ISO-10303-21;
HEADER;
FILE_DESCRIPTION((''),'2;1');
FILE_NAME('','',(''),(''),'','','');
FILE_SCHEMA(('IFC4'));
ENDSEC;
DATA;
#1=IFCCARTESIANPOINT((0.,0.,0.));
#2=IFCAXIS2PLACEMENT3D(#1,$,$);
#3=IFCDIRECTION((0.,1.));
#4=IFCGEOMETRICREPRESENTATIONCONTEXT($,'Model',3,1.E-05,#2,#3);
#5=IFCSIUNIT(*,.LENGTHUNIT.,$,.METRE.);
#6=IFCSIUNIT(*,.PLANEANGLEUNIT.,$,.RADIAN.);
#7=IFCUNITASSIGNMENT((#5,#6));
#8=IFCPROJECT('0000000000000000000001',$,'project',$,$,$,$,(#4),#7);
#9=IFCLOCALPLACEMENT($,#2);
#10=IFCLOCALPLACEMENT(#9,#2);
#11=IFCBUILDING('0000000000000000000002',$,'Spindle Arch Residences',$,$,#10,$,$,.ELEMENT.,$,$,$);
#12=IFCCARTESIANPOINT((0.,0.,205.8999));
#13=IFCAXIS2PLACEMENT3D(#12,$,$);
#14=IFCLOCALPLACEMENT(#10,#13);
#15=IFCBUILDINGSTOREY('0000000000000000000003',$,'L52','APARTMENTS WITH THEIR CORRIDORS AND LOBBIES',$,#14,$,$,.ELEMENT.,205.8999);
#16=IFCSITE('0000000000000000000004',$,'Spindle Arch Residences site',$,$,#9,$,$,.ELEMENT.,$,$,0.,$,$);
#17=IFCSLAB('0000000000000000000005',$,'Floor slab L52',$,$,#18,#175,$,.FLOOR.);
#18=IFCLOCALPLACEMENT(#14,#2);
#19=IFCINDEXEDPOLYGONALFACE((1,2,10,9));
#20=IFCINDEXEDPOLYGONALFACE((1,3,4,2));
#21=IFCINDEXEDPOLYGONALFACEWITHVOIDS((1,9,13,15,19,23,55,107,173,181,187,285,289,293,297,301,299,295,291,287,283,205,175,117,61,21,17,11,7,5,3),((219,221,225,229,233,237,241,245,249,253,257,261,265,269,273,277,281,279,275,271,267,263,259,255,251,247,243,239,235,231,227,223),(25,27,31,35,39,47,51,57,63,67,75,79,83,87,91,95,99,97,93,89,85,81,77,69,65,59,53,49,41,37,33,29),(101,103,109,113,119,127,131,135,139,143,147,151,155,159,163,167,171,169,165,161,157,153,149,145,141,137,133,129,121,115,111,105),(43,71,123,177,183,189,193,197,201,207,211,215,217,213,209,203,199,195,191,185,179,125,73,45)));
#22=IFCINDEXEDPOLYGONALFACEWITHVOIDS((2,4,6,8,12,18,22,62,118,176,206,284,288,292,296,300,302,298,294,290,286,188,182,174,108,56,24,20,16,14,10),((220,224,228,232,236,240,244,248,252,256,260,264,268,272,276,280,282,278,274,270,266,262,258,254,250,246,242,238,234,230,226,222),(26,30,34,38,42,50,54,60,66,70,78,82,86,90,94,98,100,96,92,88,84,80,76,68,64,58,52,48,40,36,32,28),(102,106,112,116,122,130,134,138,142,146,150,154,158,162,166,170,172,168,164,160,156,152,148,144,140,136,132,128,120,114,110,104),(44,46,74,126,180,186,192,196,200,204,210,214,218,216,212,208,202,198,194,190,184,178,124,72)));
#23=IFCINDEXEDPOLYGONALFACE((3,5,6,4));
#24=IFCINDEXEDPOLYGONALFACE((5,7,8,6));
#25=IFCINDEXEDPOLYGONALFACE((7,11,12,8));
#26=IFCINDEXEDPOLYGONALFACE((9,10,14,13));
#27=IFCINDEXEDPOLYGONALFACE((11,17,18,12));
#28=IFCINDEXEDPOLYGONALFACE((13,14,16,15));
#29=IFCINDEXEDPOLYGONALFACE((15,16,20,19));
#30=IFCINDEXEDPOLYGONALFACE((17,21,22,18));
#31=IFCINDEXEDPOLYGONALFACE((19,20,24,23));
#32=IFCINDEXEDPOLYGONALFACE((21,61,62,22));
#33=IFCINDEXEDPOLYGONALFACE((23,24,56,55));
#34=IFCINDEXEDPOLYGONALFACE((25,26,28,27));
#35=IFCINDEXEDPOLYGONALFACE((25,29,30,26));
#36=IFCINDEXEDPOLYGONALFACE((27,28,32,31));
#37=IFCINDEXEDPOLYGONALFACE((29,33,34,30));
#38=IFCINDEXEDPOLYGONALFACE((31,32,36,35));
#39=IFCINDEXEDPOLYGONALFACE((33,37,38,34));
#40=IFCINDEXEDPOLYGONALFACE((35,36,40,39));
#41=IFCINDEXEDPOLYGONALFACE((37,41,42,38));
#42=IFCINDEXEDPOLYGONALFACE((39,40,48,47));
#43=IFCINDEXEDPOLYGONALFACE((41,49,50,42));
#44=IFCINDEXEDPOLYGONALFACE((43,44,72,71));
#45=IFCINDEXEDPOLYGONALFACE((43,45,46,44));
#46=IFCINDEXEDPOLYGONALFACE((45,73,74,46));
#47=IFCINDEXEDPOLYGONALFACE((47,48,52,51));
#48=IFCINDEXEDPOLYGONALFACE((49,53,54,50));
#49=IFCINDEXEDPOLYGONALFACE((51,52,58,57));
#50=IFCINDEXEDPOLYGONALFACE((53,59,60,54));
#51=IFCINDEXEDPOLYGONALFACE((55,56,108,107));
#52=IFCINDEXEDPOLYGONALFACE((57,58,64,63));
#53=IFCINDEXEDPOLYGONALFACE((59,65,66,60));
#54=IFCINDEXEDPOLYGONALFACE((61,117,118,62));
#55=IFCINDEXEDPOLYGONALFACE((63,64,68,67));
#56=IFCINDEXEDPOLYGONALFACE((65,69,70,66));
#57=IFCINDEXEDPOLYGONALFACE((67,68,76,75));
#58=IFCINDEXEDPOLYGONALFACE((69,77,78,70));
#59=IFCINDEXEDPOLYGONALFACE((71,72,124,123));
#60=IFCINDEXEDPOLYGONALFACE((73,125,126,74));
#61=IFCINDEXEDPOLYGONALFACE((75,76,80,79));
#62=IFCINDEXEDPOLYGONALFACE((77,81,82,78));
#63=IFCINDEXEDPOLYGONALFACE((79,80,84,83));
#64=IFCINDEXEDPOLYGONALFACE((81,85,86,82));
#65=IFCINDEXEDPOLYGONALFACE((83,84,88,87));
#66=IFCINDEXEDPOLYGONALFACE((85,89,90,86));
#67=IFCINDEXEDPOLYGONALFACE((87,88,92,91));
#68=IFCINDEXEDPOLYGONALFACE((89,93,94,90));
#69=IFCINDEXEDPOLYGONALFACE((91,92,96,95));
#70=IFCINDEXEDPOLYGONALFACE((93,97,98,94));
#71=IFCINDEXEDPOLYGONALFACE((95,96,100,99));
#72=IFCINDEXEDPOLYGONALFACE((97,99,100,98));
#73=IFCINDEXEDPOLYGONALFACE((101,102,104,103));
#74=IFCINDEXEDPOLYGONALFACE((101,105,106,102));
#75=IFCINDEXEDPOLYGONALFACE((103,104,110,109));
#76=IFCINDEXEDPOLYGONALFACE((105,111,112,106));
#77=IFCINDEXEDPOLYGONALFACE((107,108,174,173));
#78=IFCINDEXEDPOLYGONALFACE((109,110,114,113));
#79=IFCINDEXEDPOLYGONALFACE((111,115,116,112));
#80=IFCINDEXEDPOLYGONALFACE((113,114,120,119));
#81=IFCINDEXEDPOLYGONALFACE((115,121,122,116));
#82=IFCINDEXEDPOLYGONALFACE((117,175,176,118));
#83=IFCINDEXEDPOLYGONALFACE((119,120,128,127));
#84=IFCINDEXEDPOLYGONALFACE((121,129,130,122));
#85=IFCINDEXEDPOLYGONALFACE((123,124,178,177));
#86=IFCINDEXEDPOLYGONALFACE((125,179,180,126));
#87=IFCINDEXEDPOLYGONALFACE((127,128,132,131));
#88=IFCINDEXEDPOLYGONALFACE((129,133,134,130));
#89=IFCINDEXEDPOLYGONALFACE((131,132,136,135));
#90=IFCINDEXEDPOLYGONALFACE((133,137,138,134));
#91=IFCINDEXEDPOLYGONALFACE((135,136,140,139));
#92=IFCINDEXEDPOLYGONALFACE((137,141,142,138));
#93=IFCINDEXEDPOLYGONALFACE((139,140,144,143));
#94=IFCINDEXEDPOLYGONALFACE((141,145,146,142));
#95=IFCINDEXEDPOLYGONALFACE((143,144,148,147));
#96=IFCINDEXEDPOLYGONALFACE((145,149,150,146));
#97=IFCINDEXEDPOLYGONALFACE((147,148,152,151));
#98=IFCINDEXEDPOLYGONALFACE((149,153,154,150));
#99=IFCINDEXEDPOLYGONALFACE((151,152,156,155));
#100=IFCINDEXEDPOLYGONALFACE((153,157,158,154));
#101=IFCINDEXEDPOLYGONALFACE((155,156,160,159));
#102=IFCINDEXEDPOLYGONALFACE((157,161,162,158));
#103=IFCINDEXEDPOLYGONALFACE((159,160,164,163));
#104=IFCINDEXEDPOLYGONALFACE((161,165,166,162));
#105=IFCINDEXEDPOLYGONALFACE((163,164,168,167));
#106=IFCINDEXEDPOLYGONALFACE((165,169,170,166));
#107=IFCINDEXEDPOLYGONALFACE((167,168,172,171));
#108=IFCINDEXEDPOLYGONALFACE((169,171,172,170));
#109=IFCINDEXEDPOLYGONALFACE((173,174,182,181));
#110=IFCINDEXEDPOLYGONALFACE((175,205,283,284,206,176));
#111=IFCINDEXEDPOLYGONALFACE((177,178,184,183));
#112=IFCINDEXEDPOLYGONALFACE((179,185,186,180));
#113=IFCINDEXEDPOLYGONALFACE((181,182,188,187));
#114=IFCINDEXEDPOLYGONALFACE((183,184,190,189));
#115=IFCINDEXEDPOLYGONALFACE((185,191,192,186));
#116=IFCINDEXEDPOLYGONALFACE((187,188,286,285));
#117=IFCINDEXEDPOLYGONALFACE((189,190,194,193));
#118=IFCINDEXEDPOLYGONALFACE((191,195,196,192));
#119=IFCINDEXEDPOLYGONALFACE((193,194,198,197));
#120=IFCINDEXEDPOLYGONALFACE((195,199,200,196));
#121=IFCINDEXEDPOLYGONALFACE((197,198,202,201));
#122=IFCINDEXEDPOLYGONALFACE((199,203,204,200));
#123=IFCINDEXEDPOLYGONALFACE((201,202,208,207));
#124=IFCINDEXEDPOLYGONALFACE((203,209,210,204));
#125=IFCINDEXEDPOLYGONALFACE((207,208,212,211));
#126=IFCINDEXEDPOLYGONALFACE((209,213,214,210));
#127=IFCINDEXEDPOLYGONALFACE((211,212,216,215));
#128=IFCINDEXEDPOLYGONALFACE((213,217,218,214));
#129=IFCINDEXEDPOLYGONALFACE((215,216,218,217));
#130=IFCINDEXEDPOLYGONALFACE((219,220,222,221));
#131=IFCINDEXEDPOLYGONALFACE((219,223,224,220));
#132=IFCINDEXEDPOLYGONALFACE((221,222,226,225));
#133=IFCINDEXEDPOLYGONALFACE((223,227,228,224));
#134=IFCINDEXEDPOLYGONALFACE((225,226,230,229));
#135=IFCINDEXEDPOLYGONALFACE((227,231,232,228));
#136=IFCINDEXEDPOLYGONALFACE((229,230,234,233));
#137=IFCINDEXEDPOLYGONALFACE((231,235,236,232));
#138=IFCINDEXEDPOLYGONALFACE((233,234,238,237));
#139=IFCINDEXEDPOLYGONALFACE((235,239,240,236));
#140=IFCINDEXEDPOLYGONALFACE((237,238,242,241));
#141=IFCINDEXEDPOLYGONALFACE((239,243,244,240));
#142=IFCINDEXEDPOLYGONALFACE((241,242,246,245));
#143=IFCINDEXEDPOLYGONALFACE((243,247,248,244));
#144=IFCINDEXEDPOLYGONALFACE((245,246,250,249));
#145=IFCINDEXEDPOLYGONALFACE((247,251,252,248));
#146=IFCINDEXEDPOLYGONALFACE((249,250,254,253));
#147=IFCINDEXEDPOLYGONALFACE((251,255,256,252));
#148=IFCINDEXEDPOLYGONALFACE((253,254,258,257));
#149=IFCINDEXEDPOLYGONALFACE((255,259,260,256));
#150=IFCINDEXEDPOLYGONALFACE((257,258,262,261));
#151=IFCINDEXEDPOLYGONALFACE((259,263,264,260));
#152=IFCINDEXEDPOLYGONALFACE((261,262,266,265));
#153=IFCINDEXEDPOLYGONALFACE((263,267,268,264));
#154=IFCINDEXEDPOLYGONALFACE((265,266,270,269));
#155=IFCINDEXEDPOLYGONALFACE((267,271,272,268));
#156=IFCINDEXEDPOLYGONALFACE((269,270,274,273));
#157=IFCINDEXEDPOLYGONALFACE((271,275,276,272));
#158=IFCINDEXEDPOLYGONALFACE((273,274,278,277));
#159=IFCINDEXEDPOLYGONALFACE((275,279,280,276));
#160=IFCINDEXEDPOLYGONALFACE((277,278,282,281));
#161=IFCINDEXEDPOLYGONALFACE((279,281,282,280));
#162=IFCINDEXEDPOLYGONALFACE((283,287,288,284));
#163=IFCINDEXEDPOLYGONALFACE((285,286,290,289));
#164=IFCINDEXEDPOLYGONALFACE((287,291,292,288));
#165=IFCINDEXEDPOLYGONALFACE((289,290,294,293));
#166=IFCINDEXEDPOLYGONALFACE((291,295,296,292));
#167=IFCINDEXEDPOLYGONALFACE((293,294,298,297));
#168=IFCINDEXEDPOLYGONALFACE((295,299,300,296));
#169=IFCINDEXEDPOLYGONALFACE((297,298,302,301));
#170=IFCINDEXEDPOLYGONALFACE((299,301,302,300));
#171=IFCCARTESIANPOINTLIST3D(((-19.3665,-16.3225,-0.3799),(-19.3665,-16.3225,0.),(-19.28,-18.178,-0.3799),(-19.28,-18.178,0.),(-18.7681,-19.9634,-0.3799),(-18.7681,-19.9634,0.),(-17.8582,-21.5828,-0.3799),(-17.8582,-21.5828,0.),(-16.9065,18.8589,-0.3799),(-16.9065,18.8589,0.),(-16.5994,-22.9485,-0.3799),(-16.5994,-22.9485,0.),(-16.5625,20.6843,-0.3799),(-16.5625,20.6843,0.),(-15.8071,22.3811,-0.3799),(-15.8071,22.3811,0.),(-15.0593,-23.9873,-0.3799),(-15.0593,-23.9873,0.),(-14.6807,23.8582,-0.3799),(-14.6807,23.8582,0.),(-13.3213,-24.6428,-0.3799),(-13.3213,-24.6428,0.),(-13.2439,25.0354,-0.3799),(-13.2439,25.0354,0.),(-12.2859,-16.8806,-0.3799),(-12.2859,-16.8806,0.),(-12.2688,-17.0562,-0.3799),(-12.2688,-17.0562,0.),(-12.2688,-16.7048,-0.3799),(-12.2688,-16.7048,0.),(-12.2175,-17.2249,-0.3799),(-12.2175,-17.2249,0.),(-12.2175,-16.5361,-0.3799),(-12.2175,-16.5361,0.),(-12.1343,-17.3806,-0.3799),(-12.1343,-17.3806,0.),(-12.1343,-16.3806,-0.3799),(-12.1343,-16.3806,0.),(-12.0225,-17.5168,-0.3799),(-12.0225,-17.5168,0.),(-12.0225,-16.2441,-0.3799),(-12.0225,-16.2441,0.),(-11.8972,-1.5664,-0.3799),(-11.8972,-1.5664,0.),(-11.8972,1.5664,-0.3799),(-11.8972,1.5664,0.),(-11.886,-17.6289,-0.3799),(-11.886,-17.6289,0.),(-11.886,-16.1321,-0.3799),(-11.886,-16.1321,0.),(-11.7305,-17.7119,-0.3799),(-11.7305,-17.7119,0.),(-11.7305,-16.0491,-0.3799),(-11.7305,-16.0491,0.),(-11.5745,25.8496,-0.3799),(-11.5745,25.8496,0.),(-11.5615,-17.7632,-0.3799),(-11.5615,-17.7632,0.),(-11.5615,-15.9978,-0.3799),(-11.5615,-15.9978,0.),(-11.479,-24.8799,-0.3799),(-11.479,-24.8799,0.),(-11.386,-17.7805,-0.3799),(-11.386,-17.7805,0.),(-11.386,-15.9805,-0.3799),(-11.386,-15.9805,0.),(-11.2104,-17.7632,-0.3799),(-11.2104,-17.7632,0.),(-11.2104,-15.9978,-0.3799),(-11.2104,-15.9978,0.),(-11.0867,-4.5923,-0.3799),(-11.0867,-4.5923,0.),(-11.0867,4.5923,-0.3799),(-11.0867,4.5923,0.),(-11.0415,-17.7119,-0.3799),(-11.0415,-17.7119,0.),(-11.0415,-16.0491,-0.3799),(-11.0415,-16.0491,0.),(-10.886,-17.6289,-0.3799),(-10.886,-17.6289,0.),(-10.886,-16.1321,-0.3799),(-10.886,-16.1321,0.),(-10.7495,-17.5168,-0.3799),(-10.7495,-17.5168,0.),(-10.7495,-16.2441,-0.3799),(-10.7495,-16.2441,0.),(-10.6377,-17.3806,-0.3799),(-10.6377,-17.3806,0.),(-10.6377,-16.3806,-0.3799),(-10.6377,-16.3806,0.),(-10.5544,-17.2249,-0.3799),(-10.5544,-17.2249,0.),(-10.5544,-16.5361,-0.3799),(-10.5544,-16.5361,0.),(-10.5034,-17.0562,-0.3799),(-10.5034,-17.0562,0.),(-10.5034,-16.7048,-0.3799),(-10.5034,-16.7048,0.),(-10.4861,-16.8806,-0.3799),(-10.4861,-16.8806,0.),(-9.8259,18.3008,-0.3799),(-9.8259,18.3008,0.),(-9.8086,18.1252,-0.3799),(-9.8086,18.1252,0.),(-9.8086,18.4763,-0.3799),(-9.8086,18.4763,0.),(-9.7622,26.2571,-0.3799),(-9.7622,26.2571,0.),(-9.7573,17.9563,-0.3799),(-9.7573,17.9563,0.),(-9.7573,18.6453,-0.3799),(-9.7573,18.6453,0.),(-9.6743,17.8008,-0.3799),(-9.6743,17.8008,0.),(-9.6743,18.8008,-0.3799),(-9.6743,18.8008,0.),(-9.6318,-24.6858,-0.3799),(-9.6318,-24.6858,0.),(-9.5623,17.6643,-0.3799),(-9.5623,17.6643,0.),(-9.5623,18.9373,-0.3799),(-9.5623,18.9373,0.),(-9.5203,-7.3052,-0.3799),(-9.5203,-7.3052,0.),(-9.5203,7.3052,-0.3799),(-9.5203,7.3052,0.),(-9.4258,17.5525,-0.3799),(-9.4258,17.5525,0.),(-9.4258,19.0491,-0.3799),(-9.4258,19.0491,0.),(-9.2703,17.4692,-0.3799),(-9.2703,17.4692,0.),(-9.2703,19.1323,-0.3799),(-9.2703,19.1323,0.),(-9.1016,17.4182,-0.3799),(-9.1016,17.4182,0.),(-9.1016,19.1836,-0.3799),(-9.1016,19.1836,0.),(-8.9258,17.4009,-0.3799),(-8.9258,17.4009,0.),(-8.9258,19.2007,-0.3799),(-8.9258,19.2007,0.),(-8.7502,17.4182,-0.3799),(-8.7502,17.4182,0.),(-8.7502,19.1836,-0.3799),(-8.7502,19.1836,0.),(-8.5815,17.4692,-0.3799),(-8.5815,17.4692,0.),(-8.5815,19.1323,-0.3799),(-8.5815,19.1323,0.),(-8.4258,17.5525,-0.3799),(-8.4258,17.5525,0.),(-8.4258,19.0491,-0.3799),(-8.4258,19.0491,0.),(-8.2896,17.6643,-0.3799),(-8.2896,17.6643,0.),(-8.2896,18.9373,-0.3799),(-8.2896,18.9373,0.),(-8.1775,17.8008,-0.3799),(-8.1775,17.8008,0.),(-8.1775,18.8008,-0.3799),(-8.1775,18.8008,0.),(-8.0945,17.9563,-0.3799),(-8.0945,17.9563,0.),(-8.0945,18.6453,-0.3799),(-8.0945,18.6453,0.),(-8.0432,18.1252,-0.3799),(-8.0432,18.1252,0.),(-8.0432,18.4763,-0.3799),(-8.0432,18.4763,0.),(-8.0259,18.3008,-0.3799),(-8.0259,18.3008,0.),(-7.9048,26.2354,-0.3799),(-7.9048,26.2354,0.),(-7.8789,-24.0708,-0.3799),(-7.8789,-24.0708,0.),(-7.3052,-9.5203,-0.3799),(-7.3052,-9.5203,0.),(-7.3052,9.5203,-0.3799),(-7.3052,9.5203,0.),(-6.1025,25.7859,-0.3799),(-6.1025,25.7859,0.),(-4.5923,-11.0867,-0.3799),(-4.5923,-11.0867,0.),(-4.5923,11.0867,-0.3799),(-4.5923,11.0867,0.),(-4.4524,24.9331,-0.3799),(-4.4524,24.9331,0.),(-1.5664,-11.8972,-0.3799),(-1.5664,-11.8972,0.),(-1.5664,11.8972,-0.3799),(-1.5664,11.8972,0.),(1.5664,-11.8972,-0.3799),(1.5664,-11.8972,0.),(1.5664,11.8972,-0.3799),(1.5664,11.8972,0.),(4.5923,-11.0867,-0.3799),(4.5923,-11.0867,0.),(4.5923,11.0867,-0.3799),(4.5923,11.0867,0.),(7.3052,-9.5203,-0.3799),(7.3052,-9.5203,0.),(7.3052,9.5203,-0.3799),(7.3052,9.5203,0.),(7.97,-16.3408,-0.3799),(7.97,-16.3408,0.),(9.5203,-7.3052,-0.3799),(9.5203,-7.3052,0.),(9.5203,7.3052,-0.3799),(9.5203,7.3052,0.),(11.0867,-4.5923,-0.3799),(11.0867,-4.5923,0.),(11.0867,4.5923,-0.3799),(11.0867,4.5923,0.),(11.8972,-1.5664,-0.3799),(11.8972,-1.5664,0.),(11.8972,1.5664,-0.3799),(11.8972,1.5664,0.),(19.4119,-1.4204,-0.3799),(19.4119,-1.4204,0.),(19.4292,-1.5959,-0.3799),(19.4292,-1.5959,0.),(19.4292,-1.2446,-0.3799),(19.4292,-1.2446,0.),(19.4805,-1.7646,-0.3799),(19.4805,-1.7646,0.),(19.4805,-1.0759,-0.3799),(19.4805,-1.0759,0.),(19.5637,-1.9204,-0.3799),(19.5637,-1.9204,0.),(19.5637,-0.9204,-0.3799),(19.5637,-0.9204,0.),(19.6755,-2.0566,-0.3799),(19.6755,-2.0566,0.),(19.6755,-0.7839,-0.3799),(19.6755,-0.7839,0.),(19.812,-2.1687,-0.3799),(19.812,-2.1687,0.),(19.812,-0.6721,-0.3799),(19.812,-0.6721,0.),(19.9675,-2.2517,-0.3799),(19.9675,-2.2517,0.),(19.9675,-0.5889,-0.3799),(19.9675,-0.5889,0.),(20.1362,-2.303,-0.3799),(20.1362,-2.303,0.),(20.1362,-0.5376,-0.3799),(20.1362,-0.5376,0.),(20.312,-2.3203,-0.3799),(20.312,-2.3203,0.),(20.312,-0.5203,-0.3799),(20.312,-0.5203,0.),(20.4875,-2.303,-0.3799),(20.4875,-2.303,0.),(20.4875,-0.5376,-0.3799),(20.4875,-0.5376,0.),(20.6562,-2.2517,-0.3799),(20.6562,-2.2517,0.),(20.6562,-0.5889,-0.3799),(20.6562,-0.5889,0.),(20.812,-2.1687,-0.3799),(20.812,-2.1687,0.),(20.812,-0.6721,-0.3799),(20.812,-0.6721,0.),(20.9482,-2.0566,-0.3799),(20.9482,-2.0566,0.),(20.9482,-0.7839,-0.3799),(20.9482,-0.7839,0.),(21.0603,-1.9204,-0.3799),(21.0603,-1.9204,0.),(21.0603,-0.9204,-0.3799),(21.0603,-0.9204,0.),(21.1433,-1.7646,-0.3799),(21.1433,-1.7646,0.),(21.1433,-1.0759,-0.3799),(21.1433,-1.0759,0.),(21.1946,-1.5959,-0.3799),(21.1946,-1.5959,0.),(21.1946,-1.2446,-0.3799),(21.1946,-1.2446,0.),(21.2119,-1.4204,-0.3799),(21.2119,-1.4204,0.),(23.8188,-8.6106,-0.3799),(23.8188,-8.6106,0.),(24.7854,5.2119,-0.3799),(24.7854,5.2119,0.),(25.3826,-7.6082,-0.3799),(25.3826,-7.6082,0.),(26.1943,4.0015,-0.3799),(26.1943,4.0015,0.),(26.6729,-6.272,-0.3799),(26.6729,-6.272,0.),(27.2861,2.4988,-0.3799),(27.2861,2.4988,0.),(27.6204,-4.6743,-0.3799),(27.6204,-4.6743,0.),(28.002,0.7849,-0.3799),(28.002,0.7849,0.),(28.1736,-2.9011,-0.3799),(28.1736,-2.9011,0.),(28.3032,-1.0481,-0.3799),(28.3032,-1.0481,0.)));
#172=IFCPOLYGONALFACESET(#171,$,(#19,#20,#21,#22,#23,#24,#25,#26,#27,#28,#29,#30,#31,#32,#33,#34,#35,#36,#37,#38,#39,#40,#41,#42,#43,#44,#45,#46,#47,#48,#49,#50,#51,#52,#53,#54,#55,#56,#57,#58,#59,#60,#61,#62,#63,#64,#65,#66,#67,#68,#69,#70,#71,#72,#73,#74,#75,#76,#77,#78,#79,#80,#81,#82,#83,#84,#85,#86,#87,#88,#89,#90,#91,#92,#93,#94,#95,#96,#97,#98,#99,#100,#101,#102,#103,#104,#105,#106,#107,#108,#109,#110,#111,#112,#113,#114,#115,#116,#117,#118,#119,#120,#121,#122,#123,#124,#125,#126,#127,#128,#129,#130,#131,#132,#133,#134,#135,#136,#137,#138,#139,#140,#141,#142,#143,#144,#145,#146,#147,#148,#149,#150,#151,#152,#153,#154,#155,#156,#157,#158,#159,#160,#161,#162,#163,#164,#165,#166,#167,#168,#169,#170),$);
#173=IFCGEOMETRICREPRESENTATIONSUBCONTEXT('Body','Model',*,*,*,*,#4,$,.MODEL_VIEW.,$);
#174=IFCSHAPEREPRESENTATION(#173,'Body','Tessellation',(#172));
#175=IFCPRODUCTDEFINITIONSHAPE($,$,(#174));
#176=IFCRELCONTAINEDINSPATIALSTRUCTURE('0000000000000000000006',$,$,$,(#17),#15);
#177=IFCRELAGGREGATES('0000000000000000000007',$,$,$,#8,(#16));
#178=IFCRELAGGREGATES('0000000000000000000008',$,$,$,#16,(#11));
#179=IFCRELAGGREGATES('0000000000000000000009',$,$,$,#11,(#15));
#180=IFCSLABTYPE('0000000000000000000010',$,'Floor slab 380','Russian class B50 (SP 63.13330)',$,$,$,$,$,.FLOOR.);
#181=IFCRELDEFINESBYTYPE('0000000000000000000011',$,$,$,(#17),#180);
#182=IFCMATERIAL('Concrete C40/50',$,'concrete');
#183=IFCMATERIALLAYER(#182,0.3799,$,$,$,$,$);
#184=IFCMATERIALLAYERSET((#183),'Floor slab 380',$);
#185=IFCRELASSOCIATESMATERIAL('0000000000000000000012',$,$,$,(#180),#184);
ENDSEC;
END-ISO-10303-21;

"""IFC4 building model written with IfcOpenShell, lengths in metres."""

from ifc_helpers import new_model, si_unit, direction, frame, origin, place, context, subcontext, project, spatial, polyline, outline, extrude, material, layer, layer_set, type_object, element, save


model = new_model("IFC4")

# Units and contexts
model_context = context("Model", 3, precision=1e-05, world=origin(), true_north=direction((0.0, 1.0)))
body_context = subcontext(model_context, "Body", "Model", "MODEL_VIEW")
ifc_project = project(units=[si_unit("LENGTHUNIT", "METRE"), si_unit("PLANEANGLEUNIT", "RADIAN")], contexts=[model_context])

# Site, building, storey
site_placement = place(None, origin())
site = spatial("IfcSite", under=ifc_project, at=site_placement, Name="Spindle Arch Residences site", CompositionType="ELEMENT", RefElevation=0.0)
building_placement = place(site_placement, origin())
building = spatial("IfcBuilding", under=site, at=building_placement, Name="Spindle Arch Residences", CompositionType="ELEMENT")
storey_placement = place(building_placement, frame((0.0, 0.0, 205.8999)))
storey = spatial("IfcBuildingStorey", under=building, at=storey_placement, Name="L52", Description="APARTMENTS WITH THEIR CORRIDORS AND LOBBIES", CompositionType="ELEMENT", Elevation=205.8999)

# Slab
ifc_material_1 = material(Name="Concrete C40/50", Category="concrete")
ifc_layer_1 = layer(ifc_material_1, 0.3799)
ifc_layer_set_1 = layer_set([ifc_layer_1], Name="Floor slab 380")
slab_type_1 = type_object("IfcSlabType", Name="Floor slab 380", Description="Russian class B50 (SP 63.13330)", PredefinedType="FLOOR", material=ifc_layer_set_1)
slab_1_placement = place(storey_placement, frame((0.0, 0.0, -0.3799)))
element("IfcSlab", 1, at=slab_1_placement, inside=storey, type_object=slab_type_1, Name="Floor slab L52", PredefinedType="FLOOR", context=body_context, shape_type="SweptSolid", body=[
    extrude(outline(polyline([(-9.6318, -24.6858), (-11.479, -24.8799), (-13.3213, -24.6428), (-15.0593, -23.9873), (-16.5994, -22.9485), (-17.8582, -21.5828), (-18.7681, -19.9634), (-19.28, -18.178), (-19.3665, -16.3225), (-16.9065, 18.8589), (-16.5625, 20.6843), (-15.8071, 22.3811), (-14.6807, 23.8582), (-13.2439, 25.0354), (-11.5745, 25.8496), (-9.7622, 26.2571), (-7.9048, 26.2354), (-6.1025, 25.7859), (-4.4524, 24.9331), (24.7854, 5.2119), (26.1943, 4.0015), (27.2861, 2.4988), (28.002, 0.7849), (28.3032, -1.0481), (28.1736, -2.9011), (27.6204, -4.6743), (26.6729, -6.272), (25.3826, -7.6082), (23.8188, -8.6106), (7.97, -16.3408), (-7.8789, -24.0708), (-9.6318, -24.6858)]), holes=[polyline([(7.3052, -9.5203), (9.5203, -7.3052), (11.0867, -4.5923), (11.8972, -1.5664), (11.8972, 1.5664), (11.0867, 4.5923), (9.5203, 7.3052), (7.3052, 9.5203), (4.5923, 11.0867), (1.5664, 11.8972), (-1.5664, 11.8972), (-4.5923, 11.0867), (-7.3052, 9.5203), (-9.5203, 7.3052), (-11.0867, 4.5923), (-11.8972, 1.5664), (-11.8972, -1.5664), (-11.0867, -4.5923), (-9.5203, -7.3052), (-7.3052, -9.5203), (-4.5923, -11.0867), (-1.5664, -11.8972), (1.5664, -11.8972), (4.5923, -11.0867), (7.3052, -9.5203)]), polyline([(-10.6377, -17.3806), (-10.5544, -17.2249), (-10.5034, -17.0562), (-10.4861, -16.8806), (-10.5034, -16.7048), (-10.5544, -16.5361), (-10.6377, -16.3806), (-10.7495, -16.2441), (-10.886, -16.1321), (-11.0415, -16.0491), (-11.2104, -15.9978), (-11.386, -15.9805), (-11.5615, -15.9978), (-11.7305, -16.0491), (-11.886, -16.1321), (-12.0225, -16.2441), (-12.1343, -16.3806), (-12.2175, -16.5361), (-12.2688, -16.7048), (-12.2859, -16.8806), (-12.2688, -17.0562), (-12.2175, -17.2249), (-12.1343, -17.3806), (-12.0225, -17.5168), (-11.886, -17.6289), (-11.7305, -17.7119), (-11.5615, -17.7632), (-11.386, -17.7805), (-11.2104, -17.7632), (-11.0415, -17.7119), (-10.886, -17.6289), (-10.7495, -17.5168), (-10.6377, -17.3806)]), polyline([(-8.1775, 17.8008), (-8.0945, 17.9563), (-8.0432, 18.1252), (-8.0259, 18.3008), (-8.0432, 18.4763), (-8.0945, 18.6453), (-8.1775, 18.8008), (-8.2896, 18.9373), (-8.4258, 19.0491), (-8.5815, 19.1323), (-8.7502, 19.1836), (-8.9258, 19.2007), (-9.1016, 19.1836), (-9.2703, 19.1323), (-9.4258, 19.0491), (-9.5623, 18.9373), (-9.6743, 18.8008), (-9.7573, 18.6453), (-9.8086, 18.4763), (-9.8259, 18.3008), (-9.8086, 18.1252), (-9.7573, 17.9563), (-9.6743, 17.8008), (-9.5623, 17.6643), (-9.4258, 17.5525), (-9.2703, 17.4692), (-9.1016, 17.4182), (-8.9258, 17.4009), (-8.7502, 17.4182), (-8.5815, 17.4692), (-8.4258, 17.5525), (-8.2896, 17.6643), (-8.1775, 17.8008)]), polyline([(20.9482, -2.0566), (21.0603, -1.9204), (21.1433, -1.7646), (21.1946, -1.5959), (21.2119, -1.4204), (21.1946, -1.2446), (21.1433, -1.0759), (21.0603, -0.9204), (20.9482, -0.7839), (20.812, -0.6721), (20.6562, -0.5889), (20.4875, -0.5376), (20.312, -0.5203), (20.1362, -0.5376), (19.9675, -0.5889), (19.812, -0.6721), (19.6755, -0.7839), (19.5637, -0.9204), (19.4805, -1.0759), (19.4292, -1.2446), (19.4119, -1.4204), (19.4292, -1.5959), (19.4805, -1.7646), (19.5637, -1.9204), (19.6755, -2.0566), (19.812, -2.1687), (19.9675, -2.2517), (20.1362, -2.303), (20.312, -2.3203), (20.4875, -2.303), (20.6562, -2.2517), (20.812, -2.1687), (20.9482, -2.0566)])]), origin(), (0.0, 0.0, 1.0), 0.3799),
])

save(model, "model.ifc")
